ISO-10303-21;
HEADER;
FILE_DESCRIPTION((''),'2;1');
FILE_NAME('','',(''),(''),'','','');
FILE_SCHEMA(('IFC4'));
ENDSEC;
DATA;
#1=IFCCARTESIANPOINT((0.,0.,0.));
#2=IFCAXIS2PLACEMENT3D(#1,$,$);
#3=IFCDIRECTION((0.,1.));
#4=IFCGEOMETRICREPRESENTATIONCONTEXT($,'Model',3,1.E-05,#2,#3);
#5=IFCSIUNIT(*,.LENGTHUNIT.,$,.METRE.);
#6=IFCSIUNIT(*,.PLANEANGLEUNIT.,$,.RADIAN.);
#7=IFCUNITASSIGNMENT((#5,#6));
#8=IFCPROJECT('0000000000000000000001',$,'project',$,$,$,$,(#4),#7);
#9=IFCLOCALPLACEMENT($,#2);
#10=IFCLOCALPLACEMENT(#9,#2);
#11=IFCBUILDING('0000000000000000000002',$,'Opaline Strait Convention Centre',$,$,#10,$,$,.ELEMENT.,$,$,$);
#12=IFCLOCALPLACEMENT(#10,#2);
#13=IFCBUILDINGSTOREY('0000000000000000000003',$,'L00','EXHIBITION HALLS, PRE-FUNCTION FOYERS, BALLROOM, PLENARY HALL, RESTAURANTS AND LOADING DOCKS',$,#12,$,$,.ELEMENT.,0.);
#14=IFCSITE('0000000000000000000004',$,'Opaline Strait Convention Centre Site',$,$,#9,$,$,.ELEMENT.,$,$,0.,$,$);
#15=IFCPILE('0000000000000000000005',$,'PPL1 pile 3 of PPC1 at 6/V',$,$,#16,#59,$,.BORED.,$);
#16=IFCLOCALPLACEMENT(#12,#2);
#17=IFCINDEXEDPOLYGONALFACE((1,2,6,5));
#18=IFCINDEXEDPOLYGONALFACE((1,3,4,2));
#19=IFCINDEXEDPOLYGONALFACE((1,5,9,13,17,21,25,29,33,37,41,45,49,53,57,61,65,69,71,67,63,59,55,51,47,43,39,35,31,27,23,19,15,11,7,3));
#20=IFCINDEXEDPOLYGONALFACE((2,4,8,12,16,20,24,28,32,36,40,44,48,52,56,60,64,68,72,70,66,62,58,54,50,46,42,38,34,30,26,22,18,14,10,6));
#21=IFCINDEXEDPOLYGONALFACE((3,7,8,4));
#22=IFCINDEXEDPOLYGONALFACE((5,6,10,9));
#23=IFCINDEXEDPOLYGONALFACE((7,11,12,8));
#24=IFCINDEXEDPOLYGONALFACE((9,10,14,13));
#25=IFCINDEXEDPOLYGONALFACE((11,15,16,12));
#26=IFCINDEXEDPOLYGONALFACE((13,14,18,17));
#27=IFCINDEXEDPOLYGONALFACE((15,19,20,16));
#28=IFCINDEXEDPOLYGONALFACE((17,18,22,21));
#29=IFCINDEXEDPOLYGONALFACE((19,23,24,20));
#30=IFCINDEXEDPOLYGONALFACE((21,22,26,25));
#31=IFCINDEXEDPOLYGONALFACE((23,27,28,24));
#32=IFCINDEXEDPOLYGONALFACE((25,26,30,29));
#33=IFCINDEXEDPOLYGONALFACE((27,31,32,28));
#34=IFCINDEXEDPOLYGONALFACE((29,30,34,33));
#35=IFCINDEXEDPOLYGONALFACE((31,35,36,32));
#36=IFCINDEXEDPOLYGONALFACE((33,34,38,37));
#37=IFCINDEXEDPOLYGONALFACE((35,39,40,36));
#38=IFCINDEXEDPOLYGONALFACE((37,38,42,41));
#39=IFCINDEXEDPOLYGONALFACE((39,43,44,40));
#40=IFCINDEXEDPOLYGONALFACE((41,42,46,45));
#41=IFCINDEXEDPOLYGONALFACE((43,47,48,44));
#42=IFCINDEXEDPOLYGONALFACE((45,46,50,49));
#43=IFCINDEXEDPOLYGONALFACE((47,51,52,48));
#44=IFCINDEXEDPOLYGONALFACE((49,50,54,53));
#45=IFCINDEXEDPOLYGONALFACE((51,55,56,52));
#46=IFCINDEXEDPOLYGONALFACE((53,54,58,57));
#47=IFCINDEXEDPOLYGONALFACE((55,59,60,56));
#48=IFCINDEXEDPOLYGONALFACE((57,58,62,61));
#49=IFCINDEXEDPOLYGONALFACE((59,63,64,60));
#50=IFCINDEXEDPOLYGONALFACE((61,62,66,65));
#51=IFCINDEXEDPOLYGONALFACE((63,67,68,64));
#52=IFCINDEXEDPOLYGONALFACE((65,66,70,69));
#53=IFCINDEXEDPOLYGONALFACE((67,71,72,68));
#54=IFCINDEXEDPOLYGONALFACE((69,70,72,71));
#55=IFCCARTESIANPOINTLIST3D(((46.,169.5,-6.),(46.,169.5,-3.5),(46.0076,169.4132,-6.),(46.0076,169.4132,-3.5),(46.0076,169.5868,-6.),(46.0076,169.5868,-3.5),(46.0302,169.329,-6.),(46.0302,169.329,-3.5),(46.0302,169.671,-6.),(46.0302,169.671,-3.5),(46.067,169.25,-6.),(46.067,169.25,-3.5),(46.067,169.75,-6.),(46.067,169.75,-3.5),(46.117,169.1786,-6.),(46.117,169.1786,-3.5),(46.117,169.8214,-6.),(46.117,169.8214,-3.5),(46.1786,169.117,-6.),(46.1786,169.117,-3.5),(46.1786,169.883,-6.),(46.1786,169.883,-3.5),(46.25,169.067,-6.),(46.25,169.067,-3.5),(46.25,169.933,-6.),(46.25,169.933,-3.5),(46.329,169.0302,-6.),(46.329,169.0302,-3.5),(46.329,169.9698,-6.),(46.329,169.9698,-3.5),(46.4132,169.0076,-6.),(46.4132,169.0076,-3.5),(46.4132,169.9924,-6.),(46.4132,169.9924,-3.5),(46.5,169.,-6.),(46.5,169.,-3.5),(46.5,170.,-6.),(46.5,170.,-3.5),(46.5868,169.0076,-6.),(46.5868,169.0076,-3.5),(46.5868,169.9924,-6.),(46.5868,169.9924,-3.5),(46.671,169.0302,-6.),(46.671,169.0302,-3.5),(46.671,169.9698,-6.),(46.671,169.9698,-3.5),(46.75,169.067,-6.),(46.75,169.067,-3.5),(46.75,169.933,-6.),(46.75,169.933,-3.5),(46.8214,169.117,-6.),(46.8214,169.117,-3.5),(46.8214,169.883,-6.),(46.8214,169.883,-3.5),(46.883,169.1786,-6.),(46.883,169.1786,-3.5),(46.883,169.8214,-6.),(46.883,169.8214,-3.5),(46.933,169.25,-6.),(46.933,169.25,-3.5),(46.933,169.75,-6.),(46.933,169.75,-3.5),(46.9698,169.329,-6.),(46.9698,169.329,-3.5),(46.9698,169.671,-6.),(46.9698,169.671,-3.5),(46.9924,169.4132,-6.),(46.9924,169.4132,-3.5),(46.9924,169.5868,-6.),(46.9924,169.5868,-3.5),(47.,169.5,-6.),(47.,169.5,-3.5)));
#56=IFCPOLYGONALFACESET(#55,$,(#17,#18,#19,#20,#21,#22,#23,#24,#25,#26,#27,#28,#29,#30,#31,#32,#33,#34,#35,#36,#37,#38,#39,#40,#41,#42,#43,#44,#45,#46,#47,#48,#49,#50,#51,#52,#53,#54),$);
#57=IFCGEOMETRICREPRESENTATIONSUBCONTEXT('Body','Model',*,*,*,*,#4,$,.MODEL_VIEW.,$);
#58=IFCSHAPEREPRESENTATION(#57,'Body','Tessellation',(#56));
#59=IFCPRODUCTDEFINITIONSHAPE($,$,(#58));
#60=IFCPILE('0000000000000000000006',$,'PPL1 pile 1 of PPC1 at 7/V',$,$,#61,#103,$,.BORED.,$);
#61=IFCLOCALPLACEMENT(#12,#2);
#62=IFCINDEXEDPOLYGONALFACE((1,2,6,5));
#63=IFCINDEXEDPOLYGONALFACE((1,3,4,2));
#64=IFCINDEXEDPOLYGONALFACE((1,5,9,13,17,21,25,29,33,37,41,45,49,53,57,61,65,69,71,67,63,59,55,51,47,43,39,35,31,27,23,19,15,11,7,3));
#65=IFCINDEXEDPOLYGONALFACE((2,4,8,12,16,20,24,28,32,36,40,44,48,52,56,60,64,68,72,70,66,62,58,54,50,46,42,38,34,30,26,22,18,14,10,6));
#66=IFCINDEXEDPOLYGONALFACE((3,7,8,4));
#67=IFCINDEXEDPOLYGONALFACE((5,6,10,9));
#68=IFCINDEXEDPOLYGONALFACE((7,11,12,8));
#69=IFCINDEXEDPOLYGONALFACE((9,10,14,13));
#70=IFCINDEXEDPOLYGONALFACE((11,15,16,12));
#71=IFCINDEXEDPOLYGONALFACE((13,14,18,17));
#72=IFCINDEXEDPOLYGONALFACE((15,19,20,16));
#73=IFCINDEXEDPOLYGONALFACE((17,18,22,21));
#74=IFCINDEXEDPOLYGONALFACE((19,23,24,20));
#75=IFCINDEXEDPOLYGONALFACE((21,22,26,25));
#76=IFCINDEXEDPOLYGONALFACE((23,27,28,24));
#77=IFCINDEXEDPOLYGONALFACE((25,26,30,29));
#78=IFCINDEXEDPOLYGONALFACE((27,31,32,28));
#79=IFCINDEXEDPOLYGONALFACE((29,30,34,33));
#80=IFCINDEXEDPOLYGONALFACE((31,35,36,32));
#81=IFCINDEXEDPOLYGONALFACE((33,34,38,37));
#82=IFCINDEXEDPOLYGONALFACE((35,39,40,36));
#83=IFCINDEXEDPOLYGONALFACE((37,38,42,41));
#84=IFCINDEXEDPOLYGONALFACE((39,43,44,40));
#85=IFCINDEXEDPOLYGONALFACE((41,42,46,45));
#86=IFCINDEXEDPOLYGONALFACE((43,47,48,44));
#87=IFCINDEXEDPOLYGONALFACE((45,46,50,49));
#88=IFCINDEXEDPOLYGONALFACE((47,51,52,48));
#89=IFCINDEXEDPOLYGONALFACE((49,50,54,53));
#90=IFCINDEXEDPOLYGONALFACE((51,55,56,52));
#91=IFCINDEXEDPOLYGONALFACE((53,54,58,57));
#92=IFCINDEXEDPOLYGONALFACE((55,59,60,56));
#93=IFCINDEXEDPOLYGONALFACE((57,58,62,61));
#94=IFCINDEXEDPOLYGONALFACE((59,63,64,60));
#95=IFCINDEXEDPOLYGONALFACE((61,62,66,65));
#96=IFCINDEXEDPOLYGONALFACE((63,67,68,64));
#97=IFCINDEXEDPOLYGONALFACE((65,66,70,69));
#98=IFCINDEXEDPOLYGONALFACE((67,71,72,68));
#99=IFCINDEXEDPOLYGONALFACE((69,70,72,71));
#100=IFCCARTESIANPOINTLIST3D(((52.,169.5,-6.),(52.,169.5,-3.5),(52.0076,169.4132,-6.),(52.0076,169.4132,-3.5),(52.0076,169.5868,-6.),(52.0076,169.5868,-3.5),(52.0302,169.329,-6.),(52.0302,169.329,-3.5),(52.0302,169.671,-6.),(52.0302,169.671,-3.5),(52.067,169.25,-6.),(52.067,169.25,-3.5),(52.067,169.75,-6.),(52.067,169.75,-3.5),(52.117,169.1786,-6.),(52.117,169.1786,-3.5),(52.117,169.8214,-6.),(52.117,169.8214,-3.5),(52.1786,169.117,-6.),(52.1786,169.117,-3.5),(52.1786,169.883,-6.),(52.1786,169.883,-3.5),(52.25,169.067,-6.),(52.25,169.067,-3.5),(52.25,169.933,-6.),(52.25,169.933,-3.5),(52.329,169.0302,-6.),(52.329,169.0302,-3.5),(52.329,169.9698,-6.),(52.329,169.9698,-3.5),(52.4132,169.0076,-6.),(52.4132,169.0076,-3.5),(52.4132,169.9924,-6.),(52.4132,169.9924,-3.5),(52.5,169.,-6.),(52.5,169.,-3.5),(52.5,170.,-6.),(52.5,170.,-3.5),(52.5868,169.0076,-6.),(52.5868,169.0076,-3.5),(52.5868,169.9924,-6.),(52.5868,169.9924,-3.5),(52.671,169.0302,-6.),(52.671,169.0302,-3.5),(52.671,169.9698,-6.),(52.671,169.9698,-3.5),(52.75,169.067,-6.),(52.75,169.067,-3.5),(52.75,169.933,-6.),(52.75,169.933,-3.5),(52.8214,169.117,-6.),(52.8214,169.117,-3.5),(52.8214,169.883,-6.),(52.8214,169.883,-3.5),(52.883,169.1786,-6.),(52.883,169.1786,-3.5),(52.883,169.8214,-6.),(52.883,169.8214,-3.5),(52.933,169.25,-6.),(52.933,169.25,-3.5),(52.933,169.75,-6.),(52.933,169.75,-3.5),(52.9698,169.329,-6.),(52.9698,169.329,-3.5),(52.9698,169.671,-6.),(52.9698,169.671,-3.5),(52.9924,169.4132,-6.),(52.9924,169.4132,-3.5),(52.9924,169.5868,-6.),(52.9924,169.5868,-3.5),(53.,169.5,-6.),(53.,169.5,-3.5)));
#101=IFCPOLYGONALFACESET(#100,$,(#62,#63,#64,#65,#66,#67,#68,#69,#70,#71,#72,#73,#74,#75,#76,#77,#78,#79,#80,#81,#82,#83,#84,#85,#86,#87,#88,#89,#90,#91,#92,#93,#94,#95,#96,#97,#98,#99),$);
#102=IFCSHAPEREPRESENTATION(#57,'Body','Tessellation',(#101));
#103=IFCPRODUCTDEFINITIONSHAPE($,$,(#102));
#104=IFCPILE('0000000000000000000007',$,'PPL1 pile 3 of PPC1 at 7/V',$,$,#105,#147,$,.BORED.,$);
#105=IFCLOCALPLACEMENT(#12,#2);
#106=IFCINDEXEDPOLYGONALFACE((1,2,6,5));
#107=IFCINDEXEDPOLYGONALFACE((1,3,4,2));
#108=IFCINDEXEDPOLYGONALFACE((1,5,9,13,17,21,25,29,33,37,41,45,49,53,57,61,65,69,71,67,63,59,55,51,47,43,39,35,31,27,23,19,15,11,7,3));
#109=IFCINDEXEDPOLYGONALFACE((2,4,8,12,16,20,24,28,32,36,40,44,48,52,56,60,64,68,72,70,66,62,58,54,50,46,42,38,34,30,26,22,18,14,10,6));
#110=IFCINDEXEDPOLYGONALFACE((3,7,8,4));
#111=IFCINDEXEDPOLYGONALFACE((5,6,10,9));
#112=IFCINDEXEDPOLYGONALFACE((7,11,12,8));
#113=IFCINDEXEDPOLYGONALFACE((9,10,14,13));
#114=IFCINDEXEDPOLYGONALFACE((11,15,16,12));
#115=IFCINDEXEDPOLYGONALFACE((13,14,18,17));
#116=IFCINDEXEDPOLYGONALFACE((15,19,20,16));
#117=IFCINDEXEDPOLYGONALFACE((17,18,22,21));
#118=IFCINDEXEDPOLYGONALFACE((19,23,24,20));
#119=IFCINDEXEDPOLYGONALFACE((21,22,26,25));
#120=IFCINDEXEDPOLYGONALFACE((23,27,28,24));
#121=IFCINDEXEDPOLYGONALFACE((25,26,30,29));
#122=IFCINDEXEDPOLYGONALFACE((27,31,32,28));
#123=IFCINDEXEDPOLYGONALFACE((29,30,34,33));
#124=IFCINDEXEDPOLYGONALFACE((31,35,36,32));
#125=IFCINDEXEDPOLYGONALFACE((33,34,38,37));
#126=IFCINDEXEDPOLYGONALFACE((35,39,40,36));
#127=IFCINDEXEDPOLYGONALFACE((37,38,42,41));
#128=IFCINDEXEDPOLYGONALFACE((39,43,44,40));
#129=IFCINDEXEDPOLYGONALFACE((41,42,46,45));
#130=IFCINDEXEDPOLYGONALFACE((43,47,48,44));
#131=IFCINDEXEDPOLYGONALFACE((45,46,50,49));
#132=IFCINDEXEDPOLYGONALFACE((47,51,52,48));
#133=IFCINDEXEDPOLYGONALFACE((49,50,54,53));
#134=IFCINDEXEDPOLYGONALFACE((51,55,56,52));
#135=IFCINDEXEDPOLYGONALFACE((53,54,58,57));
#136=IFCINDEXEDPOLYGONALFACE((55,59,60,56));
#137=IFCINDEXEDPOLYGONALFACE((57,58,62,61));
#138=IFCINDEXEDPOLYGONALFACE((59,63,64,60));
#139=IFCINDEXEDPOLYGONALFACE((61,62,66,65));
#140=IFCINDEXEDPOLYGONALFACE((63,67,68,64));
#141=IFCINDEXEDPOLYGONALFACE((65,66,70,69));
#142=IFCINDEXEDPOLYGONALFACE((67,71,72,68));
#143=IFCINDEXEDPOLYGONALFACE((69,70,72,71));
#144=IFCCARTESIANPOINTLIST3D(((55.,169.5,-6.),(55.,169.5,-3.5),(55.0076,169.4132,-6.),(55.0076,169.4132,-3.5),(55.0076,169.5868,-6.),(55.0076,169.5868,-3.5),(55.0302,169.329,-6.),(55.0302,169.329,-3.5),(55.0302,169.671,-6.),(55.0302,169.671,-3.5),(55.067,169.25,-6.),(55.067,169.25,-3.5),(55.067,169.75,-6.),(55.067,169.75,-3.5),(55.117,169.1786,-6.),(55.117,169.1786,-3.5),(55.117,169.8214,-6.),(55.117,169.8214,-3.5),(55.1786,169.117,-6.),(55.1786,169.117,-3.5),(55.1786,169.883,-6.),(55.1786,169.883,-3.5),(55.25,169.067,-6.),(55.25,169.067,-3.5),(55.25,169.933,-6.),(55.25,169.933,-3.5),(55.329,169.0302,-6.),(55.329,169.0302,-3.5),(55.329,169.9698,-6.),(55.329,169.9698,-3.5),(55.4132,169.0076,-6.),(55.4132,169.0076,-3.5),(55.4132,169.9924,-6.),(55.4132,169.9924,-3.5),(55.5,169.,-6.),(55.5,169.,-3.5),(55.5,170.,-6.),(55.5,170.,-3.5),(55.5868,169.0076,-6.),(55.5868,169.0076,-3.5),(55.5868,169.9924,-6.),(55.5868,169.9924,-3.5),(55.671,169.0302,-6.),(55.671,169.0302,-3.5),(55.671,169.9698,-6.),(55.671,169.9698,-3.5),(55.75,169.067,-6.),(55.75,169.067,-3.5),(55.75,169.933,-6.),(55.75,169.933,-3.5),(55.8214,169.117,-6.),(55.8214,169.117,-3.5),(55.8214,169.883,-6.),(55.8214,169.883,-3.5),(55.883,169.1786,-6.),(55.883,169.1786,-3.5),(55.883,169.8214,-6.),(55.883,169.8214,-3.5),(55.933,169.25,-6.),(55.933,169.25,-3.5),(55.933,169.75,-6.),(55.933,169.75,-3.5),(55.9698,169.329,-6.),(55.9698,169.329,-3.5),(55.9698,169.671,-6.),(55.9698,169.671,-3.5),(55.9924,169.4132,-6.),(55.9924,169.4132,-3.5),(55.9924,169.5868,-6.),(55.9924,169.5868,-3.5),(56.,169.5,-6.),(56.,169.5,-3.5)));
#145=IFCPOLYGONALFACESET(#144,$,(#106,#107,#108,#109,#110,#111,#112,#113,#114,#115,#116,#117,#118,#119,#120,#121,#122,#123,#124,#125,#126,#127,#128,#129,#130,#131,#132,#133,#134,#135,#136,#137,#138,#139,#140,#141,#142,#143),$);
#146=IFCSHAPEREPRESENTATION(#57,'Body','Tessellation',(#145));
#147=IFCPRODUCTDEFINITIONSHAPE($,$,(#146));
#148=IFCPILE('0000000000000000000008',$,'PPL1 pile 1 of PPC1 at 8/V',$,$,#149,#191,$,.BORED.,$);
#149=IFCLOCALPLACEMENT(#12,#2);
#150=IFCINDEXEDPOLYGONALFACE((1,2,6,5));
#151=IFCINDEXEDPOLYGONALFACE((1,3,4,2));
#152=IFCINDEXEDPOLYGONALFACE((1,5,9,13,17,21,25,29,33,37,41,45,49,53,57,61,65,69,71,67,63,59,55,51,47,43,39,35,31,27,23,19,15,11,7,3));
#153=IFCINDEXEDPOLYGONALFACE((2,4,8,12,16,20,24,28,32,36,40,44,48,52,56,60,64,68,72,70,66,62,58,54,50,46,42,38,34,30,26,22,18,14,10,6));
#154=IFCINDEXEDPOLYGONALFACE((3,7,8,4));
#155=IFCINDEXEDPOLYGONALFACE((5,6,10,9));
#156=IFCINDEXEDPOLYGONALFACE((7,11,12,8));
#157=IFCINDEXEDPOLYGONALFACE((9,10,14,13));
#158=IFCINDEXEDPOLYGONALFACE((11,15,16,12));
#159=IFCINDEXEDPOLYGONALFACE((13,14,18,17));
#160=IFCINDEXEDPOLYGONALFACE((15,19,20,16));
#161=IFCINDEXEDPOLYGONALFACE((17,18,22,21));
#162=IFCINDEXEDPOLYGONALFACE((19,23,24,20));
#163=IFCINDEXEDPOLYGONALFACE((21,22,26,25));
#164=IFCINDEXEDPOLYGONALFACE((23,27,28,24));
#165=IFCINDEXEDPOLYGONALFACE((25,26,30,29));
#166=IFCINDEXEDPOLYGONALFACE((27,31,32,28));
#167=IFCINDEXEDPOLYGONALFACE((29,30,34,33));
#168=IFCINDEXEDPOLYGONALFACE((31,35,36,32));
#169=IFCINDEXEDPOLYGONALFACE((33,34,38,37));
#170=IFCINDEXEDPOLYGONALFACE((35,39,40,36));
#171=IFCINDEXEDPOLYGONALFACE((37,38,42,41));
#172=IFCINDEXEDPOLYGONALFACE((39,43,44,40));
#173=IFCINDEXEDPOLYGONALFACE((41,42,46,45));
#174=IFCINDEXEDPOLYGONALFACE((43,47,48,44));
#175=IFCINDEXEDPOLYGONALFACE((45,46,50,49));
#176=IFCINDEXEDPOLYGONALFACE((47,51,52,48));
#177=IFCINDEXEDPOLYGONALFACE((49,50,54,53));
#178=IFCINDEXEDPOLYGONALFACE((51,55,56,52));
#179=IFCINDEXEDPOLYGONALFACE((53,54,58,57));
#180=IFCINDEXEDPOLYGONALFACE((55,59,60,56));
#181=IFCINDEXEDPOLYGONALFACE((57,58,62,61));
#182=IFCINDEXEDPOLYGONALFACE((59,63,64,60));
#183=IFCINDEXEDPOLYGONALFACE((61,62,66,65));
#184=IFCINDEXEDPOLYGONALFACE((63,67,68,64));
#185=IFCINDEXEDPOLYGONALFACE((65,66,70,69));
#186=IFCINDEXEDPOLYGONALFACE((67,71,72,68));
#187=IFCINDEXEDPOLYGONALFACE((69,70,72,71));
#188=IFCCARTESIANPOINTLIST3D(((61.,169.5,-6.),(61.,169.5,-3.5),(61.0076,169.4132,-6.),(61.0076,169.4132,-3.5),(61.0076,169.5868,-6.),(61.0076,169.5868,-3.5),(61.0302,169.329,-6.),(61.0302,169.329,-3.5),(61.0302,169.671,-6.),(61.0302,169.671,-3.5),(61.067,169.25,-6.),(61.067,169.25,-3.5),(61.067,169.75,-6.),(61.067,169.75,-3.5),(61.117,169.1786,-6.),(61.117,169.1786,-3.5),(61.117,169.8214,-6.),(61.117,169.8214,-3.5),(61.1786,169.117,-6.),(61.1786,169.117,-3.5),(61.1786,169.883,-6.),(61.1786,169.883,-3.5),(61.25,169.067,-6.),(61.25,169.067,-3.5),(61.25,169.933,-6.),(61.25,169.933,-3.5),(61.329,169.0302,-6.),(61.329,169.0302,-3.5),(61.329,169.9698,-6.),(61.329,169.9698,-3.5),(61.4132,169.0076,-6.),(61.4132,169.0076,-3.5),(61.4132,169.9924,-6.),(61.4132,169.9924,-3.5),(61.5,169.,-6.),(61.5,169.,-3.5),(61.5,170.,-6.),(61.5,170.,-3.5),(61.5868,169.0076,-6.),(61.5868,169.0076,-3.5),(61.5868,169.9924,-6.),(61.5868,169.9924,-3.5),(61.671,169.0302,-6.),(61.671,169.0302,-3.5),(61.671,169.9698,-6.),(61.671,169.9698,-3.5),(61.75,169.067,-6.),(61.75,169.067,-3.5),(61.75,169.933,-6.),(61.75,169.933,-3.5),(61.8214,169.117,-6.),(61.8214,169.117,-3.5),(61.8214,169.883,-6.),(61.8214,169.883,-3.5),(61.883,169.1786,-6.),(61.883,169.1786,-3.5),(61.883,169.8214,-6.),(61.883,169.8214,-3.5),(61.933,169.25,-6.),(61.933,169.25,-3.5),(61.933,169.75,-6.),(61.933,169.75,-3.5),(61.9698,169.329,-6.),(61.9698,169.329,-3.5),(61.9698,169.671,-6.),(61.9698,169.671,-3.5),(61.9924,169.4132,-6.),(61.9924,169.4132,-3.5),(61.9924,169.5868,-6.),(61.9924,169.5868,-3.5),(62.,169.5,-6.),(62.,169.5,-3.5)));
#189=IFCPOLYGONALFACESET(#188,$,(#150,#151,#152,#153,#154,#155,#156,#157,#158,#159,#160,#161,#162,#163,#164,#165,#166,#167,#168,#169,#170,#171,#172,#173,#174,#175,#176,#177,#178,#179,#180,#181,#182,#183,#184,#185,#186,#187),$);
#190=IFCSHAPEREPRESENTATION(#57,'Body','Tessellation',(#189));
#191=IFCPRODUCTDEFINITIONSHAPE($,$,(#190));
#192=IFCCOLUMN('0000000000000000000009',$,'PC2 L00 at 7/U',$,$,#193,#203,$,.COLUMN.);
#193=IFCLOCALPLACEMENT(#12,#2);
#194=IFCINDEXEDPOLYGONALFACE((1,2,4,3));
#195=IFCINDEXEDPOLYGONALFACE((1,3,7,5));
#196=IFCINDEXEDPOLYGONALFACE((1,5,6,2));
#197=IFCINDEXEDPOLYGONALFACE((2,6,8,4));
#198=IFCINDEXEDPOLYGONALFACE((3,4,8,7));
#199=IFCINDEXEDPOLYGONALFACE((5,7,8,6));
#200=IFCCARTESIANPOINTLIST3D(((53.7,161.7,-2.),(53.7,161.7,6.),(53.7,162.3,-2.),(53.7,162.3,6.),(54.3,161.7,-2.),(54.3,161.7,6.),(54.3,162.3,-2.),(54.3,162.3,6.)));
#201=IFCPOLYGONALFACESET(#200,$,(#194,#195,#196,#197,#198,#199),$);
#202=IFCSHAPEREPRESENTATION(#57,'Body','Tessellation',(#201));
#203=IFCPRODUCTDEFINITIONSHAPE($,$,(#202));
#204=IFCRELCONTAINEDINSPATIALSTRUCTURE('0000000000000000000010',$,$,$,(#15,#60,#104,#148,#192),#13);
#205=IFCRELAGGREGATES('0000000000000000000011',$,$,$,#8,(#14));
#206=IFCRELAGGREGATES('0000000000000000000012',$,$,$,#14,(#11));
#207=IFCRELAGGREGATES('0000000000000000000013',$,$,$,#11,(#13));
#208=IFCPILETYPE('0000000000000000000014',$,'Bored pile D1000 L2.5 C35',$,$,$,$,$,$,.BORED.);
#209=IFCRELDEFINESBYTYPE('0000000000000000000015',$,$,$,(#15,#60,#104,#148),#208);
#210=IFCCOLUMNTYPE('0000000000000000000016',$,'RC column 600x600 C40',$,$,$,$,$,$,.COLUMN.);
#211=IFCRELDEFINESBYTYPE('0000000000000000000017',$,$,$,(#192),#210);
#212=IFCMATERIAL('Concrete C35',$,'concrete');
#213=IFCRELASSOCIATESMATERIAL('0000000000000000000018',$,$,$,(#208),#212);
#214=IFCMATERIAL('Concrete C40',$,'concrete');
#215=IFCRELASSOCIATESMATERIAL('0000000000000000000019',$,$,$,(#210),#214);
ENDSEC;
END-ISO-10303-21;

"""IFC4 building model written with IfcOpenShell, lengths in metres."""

from ifc_helpers import new_model, si_unit, direction, frame, origin, origin_2d, place, context, subcontext, project, spatial, rectangle, circle, extrude, material, material_profile, profile_set, type_object, element, save


model = new_model("IFC4")

# Units and contexts
model_context = context("Model", 3, precision=1e-05, world=origin(), true_north=direction((0.0, 1.0)))
body_context = subcontext(model_context, "Body", "Model", "MODEL_VIEW")
ifc_project = project(units=[si_unit("LENGTHUNIT", "METRE"), si_unit("PLANEANGLEUNIT", "RADIAN")], contexts=[model_context])

# Site, building, storey
site_placement = place(None, origin())
site = spatial("IfcSite", under=ifc_project, at=site_placement, Name="Opaline Strait Convention Centre Site", CompositionType="ELEMENT", RefElevation=0.0)
building_placement = place(site_placement, origin())
building = spatial("IfcBuilding", under=site, at=building_placement, Name="Opaline Strait Convention Centre", CompositionType="ELEMENT")
storey_placement = place(building_placement, origin())
storey = spatial("IfcBuildingStorey", under=building, at=storey_placement, Name="L00", Description="EXHIBITION HALLS, PRE-FUNCTION FOYERS, BALLROOM, PLENARY HALL, RESTAURANTS AND LOADING DOCKS", CompositionType="ELEMENT", Elevation=0.0)

# Piles
ifc_material_1 = material(Name="Concrete C35", Category="concrete")
ifc_material_profile_1 = material_profile(ifc_material_1, circle(Radius=0.5, at=origin_2d()), Name="D1000")
ifc_profile_set_1 = profile_set([ifc_material_profile_1], Name="Concrete C35")
pile_type = type_object("IfcPileType", Name="Bored pile D1000 L2.5 C35", PredefinedType="BORED", material=ifc_profile_set_1)
for number, where, z_axis, x_axis, name in (
    (1, (46.5, 169.5, -3.5), (0.0, 0.0, -1.0), (1.0, 0.0, 0.0), "PPL1 pile 3 of PPC1 at 6/V"),
    (2, (52.5, 169.5, -3.5), (0.0, 0.0, -1.0), (1.0, 0.0, 0.0), "PPL1 pile 1 of PPC1 at 7/V"),
    (3, (55.5, 169.5, -3.5), (0.0, 0.0, -1.0), (1.0, 0.0, 0.0), "PPL1 pile 3 of PPC1 at 7/V"),
    (4, (61.5, 169.5, -3.5), (0.0, 0.0, -1.0), (1.0, 0.0, 0.0), "PPL1 pile 1 of PPC1 at 8/V"),
):
    element("IfcPile", number, at=place(storey_placement, frame(where, z_axis=z_axis, x_axis=x_axis)), inside=storey, type_object=pile_type, Name=name, PredefinedType="BORED", context=body_context, shape_type="SweptSolid", body=[
        extrude(circle(Radius=0.5, at=origin_2d()), origin(), (0.0, 0.0, 1.0), 2.5),
    ])

# Column
ifc_material_2 = material(Name="Concrete C40", Category="concrete")
ifc_material_profile_2 = material_profile(ifc_material_2, rectangle(XDim=0.6001, YDim=0.6001, at=origin_2d()), Name="RC 600x600")
ifc_profile_set_2 = profile_set([ifc_material_profile_2], Name="Concrete C40")
column_type = type_object("IfcColumnType", Name="RC column 600x600 C40", PredefinedType="COLUMN", material=ifc_profile_set_2)
for number, where, z_axis, x_axis, name in (
    (5, (54.0, 162.0, -2.0), (0.0, 0.0, 1.0), (1.0, 0.0, 0.0), "PC2 L00 at 7/U"),
):
    element("IfcColumn", number, at=place(storey_placement, frame(where, z_axis=z_axis, x_axis=x_axis)), inside=storey, type_object=column_type, Name=name, PredefinedType="COLUMN", context=body_context, shape_type="SweptSolid", body=[
        extrude(rectangle(XDim=0.6001, YDim=0.6001, at=origin_2d()), origin(), (0.0, 0.0, 1.0), 8.0),
    ])

save(model, "model.ifc")
